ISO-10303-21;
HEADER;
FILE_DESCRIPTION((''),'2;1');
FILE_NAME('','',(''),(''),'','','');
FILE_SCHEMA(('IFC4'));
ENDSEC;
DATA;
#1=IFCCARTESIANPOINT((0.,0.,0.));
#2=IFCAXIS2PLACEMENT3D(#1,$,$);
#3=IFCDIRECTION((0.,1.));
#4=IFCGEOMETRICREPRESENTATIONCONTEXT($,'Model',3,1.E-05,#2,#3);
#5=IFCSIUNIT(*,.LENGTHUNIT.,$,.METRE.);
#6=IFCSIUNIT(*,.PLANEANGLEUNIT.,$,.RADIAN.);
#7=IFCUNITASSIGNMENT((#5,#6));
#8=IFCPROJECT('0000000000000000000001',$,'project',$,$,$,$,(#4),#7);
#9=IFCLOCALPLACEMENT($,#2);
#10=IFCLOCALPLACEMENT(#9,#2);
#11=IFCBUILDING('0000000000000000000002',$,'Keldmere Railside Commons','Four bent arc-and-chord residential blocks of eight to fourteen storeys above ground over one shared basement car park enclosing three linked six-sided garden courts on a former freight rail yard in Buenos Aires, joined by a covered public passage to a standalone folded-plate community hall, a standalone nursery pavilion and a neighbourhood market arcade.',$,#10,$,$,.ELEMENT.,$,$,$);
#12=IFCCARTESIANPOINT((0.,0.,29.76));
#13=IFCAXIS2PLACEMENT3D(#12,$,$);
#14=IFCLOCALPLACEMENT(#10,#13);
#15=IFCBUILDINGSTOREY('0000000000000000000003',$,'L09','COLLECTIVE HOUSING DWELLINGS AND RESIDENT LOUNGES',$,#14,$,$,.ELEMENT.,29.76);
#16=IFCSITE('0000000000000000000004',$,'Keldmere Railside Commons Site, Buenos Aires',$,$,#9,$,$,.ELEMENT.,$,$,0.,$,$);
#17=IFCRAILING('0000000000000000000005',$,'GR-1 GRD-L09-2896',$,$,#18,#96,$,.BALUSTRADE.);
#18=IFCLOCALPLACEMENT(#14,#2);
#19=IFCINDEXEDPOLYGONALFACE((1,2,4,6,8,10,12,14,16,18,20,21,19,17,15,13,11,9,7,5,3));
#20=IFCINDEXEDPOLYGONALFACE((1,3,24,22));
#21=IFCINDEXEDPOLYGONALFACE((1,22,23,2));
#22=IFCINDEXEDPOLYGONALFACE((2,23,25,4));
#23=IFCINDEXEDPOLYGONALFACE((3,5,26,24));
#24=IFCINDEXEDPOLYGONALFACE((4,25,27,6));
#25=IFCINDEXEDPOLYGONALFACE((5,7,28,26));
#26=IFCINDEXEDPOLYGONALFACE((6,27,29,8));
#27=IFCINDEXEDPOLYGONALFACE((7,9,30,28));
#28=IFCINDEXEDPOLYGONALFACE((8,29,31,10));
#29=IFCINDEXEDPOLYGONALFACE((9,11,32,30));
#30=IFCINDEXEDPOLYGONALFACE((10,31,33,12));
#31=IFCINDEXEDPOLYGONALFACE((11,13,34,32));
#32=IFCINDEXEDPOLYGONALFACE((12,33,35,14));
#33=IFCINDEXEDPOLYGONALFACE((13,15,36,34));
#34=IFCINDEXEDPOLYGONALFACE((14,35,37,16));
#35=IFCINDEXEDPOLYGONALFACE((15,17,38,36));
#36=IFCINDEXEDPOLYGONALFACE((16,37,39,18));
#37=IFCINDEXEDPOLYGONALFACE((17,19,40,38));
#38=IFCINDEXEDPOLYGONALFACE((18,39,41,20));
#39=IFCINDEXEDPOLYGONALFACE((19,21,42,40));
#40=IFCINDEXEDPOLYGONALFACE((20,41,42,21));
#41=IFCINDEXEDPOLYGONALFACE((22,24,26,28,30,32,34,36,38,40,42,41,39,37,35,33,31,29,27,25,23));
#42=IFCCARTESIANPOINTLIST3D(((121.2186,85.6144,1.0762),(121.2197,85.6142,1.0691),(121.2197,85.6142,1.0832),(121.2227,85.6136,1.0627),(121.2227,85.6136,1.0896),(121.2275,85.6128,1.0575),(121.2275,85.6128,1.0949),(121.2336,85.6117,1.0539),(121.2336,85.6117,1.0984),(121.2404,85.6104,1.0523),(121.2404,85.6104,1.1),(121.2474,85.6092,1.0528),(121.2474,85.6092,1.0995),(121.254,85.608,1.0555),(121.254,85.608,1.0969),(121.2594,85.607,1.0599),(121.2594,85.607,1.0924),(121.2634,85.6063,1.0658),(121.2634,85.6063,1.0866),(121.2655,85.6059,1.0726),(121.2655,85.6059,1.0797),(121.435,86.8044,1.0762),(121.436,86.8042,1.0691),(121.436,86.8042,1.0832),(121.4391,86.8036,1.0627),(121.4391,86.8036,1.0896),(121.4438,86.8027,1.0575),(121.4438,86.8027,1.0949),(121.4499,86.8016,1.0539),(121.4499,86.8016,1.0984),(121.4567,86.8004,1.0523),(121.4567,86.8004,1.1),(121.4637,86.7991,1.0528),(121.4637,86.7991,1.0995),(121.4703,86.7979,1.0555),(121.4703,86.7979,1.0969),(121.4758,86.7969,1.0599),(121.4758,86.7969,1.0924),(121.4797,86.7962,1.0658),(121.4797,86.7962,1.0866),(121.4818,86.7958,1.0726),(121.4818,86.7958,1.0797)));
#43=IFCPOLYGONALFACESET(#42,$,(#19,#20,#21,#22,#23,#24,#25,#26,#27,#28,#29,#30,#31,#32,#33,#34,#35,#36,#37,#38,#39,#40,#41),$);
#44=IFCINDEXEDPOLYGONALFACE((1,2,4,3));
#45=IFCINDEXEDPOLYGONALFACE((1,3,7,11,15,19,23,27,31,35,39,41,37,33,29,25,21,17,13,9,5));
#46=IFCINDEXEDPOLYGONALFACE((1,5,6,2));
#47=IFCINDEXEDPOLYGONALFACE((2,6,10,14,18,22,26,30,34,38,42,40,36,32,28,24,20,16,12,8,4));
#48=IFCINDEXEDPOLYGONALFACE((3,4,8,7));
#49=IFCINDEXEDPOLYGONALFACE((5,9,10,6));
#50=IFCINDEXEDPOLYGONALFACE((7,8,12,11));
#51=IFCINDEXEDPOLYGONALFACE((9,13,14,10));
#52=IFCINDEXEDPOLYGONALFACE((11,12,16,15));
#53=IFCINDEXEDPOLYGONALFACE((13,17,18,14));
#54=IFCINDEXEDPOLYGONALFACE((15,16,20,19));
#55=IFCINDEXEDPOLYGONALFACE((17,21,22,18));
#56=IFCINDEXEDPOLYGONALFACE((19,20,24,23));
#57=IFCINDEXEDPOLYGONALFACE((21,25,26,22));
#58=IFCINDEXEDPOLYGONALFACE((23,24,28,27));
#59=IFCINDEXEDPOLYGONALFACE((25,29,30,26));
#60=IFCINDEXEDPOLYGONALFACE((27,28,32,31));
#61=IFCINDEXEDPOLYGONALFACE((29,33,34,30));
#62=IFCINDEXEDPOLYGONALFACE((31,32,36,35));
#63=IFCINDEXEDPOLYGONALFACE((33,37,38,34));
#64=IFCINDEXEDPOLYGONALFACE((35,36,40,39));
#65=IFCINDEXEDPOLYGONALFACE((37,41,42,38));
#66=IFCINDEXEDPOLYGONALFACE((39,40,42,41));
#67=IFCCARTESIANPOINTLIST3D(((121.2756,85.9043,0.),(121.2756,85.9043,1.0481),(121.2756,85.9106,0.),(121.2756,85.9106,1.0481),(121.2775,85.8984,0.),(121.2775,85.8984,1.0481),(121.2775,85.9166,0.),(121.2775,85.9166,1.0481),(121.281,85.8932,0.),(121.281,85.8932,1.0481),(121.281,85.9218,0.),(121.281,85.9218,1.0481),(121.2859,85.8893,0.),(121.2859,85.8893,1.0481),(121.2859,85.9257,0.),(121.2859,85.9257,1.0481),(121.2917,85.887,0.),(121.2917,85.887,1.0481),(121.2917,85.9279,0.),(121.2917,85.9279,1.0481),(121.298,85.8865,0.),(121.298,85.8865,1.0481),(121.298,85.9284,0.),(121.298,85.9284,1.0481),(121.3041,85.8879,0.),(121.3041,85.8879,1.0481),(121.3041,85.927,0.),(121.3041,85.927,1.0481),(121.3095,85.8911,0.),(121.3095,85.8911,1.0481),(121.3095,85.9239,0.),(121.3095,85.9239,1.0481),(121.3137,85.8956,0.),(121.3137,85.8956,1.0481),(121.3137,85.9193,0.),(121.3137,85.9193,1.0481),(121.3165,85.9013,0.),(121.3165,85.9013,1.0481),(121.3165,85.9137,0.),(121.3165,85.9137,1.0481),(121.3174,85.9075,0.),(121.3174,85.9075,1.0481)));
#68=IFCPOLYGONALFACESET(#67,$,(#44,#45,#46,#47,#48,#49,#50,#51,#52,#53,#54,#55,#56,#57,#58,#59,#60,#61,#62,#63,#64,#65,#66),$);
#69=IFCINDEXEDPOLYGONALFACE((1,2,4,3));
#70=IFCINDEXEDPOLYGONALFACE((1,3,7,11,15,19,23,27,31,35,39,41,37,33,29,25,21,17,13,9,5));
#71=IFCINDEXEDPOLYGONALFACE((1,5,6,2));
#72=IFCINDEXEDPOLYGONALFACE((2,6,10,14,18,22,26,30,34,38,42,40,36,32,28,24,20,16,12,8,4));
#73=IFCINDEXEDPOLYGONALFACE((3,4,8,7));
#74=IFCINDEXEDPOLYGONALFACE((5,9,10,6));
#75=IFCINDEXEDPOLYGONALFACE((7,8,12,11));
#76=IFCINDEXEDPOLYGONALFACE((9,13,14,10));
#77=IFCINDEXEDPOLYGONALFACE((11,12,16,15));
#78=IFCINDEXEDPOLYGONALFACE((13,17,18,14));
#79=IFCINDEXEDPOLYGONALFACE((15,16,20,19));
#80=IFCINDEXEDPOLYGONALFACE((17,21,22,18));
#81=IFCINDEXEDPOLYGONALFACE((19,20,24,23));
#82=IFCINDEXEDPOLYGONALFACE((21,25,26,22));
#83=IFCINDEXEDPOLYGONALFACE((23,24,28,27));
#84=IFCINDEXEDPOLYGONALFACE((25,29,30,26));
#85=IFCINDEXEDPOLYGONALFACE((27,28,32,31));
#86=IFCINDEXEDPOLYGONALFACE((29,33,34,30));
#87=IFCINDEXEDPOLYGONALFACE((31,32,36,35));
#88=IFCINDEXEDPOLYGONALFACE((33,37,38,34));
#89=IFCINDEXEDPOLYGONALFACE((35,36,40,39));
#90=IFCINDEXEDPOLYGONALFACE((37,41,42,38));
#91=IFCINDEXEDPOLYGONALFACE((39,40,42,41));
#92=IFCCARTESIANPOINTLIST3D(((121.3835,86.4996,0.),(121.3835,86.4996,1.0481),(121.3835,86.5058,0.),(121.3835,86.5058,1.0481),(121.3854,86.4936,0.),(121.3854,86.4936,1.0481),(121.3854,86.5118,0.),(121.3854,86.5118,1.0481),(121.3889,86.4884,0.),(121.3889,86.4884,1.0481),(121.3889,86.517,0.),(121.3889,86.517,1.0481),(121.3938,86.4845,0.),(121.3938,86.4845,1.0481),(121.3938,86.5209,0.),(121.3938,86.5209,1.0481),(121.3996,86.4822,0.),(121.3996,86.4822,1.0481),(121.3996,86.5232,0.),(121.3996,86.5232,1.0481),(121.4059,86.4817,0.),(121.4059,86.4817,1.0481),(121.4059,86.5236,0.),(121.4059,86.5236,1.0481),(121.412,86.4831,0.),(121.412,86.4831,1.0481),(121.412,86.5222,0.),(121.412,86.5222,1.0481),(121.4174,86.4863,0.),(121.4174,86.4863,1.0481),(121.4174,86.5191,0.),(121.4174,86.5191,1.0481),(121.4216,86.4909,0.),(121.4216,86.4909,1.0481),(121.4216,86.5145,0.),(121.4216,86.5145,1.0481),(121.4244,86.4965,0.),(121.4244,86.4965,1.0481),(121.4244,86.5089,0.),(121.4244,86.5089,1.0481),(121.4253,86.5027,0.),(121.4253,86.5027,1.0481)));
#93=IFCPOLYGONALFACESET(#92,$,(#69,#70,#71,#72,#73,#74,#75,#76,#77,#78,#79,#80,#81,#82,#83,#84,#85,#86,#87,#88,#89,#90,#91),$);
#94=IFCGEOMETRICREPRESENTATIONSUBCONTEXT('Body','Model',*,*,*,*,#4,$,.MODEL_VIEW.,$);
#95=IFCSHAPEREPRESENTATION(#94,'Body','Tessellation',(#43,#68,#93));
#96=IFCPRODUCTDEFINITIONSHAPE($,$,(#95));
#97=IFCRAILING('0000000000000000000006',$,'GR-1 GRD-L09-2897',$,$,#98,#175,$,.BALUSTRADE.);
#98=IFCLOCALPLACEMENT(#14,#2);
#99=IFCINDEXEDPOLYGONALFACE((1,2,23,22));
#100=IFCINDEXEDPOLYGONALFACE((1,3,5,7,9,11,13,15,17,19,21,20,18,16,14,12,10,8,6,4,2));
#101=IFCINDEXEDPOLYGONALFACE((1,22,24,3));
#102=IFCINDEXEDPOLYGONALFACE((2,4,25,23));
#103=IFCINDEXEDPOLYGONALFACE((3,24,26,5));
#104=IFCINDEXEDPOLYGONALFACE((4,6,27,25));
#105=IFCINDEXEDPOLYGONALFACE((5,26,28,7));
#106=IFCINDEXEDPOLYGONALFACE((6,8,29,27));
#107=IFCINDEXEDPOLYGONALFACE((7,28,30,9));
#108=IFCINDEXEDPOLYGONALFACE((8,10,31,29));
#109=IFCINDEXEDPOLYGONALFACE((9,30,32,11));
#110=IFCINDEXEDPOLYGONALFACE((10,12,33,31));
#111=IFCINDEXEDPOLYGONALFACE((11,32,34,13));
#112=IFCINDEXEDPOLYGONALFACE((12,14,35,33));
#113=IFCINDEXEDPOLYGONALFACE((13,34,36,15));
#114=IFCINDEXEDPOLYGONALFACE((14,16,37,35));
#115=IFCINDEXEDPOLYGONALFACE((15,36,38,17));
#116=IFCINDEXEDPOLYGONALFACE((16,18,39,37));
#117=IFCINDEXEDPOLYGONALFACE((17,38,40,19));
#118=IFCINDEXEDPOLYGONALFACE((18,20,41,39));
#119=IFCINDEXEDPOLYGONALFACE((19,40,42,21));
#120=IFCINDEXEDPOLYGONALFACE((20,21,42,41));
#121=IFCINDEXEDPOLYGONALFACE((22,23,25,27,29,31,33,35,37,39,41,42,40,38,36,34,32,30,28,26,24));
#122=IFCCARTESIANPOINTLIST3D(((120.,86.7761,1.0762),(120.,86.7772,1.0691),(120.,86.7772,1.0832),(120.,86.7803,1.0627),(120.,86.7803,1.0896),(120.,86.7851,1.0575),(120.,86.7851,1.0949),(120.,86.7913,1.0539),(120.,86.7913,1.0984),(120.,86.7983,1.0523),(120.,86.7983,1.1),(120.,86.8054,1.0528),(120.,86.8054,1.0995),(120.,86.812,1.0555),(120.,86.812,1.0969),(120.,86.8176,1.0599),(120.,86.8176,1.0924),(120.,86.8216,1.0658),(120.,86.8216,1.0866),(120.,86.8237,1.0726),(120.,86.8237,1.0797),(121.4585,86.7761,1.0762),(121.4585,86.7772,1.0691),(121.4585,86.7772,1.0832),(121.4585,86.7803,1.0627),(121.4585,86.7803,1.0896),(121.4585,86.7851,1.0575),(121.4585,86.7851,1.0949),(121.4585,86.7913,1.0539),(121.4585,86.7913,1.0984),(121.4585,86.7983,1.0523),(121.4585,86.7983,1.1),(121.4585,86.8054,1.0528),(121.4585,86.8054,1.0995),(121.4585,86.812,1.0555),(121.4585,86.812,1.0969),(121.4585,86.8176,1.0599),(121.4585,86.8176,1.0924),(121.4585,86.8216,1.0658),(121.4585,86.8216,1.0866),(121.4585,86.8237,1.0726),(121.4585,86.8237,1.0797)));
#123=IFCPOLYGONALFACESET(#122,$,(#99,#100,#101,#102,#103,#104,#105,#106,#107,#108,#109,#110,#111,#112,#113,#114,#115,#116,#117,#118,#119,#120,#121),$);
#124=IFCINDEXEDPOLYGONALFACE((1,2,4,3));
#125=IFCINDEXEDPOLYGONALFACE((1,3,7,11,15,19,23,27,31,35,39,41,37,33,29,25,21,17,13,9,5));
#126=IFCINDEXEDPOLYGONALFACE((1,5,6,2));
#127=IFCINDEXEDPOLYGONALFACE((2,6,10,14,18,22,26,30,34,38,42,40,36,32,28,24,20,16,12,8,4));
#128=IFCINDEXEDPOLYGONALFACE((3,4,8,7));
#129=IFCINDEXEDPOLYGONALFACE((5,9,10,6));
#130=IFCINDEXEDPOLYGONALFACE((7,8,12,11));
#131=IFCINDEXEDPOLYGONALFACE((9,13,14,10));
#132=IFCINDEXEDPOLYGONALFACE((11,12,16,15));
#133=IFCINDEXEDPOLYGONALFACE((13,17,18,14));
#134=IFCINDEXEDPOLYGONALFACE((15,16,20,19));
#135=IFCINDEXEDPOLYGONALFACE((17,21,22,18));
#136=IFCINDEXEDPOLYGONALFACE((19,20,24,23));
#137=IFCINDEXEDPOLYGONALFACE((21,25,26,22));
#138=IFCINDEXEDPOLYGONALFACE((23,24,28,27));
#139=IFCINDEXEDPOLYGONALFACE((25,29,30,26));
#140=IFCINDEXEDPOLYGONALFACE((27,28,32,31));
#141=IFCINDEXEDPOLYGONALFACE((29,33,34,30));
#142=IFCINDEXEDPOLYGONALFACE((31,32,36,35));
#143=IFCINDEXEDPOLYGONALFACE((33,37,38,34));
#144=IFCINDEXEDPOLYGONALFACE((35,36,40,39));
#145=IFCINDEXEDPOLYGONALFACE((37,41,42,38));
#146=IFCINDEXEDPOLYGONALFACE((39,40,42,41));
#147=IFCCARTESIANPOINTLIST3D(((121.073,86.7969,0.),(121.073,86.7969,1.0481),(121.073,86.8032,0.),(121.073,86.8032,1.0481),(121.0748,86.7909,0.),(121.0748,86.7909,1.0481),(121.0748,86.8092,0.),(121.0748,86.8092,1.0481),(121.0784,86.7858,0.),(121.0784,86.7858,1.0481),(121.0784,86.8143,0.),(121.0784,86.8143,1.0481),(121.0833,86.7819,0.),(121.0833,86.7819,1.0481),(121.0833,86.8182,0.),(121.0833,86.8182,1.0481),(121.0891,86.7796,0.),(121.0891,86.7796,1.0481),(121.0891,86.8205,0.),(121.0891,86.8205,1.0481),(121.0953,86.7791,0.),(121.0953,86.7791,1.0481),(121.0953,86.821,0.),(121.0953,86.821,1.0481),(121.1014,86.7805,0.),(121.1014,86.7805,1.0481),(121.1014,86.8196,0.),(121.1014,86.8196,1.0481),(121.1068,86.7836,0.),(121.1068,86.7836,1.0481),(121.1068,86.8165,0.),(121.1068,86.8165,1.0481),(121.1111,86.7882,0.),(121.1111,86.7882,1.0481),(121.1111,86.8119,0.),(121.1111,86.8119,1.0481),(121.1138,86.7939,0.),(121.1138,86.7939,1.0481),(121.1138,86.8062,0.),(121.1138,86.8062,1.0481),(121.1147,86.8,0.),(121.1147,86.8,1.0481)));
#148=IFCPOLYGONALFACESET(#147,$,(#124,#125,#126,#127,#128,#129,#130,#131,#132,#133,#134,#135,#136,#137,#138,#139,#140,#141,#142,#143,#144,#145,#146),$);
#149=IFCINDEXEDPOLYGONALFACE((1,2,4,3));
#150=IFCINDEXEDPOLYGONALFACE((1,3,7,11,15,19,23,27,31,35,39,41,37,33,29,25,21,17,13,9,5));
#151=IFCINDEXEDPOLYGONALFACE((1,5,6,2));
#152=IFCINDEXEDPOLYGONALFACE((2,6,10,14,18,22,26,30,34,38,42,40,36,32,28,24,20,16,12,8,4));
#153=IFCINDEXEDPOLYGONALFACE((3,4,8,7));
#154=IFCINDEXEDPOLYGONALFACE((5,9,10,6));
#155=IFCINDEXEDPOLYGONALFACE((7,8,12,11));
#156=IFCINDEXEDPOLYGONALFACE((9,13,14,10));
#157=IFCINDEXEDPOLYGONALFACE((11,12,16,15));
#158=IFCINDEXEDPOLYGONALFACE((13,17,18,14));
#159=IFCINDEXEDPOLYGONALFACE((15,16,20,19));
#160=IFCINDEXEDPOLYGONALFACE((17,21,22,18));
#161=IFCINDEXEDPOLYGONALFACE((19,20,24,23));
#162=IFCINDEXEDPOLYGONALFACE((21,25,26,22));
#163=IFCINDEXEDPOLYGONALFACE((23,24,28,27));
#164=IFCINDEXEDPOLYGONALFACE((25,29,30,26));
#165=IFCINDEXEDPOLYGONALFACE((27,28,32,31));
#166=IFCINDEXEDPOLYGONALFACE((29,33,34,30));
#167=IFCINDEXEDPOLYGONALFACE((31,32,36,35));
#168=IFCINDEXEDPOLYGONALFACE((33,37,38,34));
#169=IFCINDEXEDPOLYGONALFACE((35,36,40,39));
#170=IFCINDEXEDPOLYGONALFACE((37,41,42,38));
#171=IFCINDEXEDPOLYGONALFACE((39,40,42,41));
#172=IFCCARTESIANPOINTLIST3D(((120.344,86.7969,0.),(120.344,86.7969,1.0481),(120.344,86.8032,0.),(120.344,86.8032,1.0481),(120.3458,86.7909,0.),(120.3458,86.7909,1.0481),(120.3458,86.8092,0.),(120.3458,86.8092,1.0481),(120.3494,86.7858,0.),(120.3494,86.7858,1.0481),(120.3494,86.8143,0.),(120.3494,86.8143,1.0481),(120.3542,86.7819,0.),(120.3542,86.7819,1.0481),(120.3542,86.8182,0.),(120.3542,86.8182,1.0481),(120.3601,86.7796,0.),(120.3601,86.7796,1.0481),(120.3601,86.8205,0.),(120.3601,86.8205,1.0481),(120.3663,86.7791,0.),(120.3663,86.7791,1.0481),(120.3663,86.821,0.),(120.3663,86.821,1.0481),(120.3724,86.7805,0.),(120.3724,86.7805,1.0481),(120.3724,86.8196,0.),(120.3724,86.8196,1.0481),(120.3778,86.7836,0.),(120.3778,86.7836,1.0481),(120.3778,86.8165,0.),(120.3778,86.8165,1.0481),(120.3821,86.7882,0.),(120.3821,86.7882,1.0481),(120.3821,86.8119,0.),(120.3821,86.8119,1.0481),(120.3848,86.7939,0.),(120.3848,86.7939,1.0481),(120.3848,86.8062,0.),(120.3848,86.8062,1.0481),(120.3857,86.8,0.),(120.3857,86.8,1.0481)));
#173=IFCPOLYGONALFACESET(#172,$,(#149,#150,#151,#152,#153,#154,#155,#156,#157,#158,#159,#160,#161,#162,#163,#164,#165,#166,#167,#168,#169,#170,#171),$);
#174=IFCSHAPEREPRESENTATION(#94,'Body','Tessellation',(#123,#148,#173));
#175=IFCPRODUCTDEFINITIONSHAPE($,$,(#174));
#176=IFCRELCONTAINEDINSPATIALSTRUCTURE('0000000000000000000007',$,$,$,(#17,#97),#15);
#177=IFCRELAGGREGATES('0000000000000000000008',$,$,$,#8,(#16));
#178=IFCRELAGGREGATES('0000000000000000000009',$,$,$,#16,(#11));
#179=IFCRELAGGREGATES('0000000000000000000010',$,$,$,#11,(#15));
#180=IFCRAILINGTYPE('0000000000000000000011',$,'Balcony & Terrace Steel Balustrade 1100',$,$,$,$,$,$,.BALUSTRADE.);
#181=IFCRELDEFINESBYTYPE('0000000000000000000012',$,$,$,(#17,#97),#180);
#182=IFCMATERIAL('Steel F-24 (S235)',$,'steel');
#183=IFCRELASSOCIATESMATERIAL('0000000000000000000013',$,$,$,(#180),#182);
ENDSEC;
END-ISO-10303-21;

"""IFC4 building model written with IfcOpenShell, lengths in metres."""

from ifc_helpers import new_model, si_unit, direction, frame, origin, origin_2d, place, context, subcontext, project, spatial, circle, extrude, material, type_object, element, save


model = new_model("IFC4")

# Units and contexts
model_context = context("Model", 3, precision=1e-05, world=origin(), true_north=direction((0.0, 1.0)))
body_context = subcontext(model_context, "Body", "Model", "MODEL_VIEW")
ifc_project = project(units=[si_unit("LENGTHUNIT", "METRE"), si_unit("PLANEANGLEUNIT", "RADIAN")], contexts=[model_context])

# Site, building, storey
site_placement = place(None, origin())
site = spatial("IfcSite", under=ifc_project, at=site_placement, Name="Keldmere Railside Commons Site, Buenos Aires", CompositionType="ELEMENT", RefElevation=0.0)
building_placement = place(site_placement, origin())
building = spatial("IfcBuilding", under=site, at=building_placement, Name="Keldmere Railside Commons", Description="Four bent arc-and-chord residential blocks of eight to fourteen storeys above ground over one shared basement car park enclosing three linked six-sided garden courts on a former freight rail yard in Buenos Aires, joined by a covered public passage to a standalone folded-plate community hall, a standalone nursery pavilion and a neighbourhood market arcade.", CompositionType="ELEMENT")
storey_placement = place(building_placement, frame((0.0, 0.0, 29.76)))
storey = spatial("IfcBuildingStorey", under=building, at=storey_placement, Name="L09", Description="COLLECTIVE HOUSING DWELLINGS AND RESIDENT LOUNGES", CompositionType="ELEMENT", Elevation=29.76)

# Railings
ifc_material_1 = material(Name="Steel F-24 (S235)", Category="steel")
railing_type = type_object("IfcRailingType", Name="Balcony & Terrace Steel Balustrade 1100", PredefinedType="BALUSTRADE", material=ifc_material_1)
railing_1_placement = place(storey_placement, frame((121.2422, 85.6101, 0.0)))
element("IfcRailing", 1, at=railing_1_placement, inside=storey, type_object=railing_type, Name="GR-1 GRD-L09-2896", PredefinedType="BALUSTRADE", context=body_context, shape_type="SweptSolid", body=[
    extrude(circle(Radius=0.0239, at=origin_2d()), frame((0.0, 0.0, 1.0762), z_axis=(0.17885, 0.983876, 0.0), x_axis=(-0.983876, 0.17885, 0.0)), (0.0, 0.0, 1.0), 1.2095),
    extrude(circle(Radius=0.021, at=origin_2d()), frame((0.0542, 0.2974, 0.0)), (0.0, 0.0, 1.0), 1.0481),
    extrude(circle(Radius=0.021, at=origin_2d()), frame((0.1621, 0.8926, 0.0)), (0.0, 0.0, 1.0), 1.0481),
])
railing_2_placement = place(storey_placement, frame((121.4585, 86.8, 0.0)))
element("IfcRailing", 2, at=railing_2_placement, inside=storey, type_object=railing_type, Name="GR-1 GRD-L09-2897", PredefinedType="BALUSTRADE", context=body_context, shape_type="SweptSolid", body=[
    extrude(circle(Radius=0.0239, at=origin_2d()), frame((0.0, 0.0, 1.0762), z_axis=(-1.0, 0.0, 0.0), x_axis=(0.0, -1.0, 0.0)), (0.0, 0.0, 1.0), 1.4585),
    extrude(circle(Radius=0.021, at=origin_2d()), frame((-0.3647, 0.0, 0.0)), (0.0, 0.0, 1.0), 1.0481),
    extrude(circle(Radius=0.021, at=origin_2d()), frame((-1.0938, 0.0, 0.0)), (0.0, 0.0, 1.0), 1.0481),
])

save(model, "model.ifc")
